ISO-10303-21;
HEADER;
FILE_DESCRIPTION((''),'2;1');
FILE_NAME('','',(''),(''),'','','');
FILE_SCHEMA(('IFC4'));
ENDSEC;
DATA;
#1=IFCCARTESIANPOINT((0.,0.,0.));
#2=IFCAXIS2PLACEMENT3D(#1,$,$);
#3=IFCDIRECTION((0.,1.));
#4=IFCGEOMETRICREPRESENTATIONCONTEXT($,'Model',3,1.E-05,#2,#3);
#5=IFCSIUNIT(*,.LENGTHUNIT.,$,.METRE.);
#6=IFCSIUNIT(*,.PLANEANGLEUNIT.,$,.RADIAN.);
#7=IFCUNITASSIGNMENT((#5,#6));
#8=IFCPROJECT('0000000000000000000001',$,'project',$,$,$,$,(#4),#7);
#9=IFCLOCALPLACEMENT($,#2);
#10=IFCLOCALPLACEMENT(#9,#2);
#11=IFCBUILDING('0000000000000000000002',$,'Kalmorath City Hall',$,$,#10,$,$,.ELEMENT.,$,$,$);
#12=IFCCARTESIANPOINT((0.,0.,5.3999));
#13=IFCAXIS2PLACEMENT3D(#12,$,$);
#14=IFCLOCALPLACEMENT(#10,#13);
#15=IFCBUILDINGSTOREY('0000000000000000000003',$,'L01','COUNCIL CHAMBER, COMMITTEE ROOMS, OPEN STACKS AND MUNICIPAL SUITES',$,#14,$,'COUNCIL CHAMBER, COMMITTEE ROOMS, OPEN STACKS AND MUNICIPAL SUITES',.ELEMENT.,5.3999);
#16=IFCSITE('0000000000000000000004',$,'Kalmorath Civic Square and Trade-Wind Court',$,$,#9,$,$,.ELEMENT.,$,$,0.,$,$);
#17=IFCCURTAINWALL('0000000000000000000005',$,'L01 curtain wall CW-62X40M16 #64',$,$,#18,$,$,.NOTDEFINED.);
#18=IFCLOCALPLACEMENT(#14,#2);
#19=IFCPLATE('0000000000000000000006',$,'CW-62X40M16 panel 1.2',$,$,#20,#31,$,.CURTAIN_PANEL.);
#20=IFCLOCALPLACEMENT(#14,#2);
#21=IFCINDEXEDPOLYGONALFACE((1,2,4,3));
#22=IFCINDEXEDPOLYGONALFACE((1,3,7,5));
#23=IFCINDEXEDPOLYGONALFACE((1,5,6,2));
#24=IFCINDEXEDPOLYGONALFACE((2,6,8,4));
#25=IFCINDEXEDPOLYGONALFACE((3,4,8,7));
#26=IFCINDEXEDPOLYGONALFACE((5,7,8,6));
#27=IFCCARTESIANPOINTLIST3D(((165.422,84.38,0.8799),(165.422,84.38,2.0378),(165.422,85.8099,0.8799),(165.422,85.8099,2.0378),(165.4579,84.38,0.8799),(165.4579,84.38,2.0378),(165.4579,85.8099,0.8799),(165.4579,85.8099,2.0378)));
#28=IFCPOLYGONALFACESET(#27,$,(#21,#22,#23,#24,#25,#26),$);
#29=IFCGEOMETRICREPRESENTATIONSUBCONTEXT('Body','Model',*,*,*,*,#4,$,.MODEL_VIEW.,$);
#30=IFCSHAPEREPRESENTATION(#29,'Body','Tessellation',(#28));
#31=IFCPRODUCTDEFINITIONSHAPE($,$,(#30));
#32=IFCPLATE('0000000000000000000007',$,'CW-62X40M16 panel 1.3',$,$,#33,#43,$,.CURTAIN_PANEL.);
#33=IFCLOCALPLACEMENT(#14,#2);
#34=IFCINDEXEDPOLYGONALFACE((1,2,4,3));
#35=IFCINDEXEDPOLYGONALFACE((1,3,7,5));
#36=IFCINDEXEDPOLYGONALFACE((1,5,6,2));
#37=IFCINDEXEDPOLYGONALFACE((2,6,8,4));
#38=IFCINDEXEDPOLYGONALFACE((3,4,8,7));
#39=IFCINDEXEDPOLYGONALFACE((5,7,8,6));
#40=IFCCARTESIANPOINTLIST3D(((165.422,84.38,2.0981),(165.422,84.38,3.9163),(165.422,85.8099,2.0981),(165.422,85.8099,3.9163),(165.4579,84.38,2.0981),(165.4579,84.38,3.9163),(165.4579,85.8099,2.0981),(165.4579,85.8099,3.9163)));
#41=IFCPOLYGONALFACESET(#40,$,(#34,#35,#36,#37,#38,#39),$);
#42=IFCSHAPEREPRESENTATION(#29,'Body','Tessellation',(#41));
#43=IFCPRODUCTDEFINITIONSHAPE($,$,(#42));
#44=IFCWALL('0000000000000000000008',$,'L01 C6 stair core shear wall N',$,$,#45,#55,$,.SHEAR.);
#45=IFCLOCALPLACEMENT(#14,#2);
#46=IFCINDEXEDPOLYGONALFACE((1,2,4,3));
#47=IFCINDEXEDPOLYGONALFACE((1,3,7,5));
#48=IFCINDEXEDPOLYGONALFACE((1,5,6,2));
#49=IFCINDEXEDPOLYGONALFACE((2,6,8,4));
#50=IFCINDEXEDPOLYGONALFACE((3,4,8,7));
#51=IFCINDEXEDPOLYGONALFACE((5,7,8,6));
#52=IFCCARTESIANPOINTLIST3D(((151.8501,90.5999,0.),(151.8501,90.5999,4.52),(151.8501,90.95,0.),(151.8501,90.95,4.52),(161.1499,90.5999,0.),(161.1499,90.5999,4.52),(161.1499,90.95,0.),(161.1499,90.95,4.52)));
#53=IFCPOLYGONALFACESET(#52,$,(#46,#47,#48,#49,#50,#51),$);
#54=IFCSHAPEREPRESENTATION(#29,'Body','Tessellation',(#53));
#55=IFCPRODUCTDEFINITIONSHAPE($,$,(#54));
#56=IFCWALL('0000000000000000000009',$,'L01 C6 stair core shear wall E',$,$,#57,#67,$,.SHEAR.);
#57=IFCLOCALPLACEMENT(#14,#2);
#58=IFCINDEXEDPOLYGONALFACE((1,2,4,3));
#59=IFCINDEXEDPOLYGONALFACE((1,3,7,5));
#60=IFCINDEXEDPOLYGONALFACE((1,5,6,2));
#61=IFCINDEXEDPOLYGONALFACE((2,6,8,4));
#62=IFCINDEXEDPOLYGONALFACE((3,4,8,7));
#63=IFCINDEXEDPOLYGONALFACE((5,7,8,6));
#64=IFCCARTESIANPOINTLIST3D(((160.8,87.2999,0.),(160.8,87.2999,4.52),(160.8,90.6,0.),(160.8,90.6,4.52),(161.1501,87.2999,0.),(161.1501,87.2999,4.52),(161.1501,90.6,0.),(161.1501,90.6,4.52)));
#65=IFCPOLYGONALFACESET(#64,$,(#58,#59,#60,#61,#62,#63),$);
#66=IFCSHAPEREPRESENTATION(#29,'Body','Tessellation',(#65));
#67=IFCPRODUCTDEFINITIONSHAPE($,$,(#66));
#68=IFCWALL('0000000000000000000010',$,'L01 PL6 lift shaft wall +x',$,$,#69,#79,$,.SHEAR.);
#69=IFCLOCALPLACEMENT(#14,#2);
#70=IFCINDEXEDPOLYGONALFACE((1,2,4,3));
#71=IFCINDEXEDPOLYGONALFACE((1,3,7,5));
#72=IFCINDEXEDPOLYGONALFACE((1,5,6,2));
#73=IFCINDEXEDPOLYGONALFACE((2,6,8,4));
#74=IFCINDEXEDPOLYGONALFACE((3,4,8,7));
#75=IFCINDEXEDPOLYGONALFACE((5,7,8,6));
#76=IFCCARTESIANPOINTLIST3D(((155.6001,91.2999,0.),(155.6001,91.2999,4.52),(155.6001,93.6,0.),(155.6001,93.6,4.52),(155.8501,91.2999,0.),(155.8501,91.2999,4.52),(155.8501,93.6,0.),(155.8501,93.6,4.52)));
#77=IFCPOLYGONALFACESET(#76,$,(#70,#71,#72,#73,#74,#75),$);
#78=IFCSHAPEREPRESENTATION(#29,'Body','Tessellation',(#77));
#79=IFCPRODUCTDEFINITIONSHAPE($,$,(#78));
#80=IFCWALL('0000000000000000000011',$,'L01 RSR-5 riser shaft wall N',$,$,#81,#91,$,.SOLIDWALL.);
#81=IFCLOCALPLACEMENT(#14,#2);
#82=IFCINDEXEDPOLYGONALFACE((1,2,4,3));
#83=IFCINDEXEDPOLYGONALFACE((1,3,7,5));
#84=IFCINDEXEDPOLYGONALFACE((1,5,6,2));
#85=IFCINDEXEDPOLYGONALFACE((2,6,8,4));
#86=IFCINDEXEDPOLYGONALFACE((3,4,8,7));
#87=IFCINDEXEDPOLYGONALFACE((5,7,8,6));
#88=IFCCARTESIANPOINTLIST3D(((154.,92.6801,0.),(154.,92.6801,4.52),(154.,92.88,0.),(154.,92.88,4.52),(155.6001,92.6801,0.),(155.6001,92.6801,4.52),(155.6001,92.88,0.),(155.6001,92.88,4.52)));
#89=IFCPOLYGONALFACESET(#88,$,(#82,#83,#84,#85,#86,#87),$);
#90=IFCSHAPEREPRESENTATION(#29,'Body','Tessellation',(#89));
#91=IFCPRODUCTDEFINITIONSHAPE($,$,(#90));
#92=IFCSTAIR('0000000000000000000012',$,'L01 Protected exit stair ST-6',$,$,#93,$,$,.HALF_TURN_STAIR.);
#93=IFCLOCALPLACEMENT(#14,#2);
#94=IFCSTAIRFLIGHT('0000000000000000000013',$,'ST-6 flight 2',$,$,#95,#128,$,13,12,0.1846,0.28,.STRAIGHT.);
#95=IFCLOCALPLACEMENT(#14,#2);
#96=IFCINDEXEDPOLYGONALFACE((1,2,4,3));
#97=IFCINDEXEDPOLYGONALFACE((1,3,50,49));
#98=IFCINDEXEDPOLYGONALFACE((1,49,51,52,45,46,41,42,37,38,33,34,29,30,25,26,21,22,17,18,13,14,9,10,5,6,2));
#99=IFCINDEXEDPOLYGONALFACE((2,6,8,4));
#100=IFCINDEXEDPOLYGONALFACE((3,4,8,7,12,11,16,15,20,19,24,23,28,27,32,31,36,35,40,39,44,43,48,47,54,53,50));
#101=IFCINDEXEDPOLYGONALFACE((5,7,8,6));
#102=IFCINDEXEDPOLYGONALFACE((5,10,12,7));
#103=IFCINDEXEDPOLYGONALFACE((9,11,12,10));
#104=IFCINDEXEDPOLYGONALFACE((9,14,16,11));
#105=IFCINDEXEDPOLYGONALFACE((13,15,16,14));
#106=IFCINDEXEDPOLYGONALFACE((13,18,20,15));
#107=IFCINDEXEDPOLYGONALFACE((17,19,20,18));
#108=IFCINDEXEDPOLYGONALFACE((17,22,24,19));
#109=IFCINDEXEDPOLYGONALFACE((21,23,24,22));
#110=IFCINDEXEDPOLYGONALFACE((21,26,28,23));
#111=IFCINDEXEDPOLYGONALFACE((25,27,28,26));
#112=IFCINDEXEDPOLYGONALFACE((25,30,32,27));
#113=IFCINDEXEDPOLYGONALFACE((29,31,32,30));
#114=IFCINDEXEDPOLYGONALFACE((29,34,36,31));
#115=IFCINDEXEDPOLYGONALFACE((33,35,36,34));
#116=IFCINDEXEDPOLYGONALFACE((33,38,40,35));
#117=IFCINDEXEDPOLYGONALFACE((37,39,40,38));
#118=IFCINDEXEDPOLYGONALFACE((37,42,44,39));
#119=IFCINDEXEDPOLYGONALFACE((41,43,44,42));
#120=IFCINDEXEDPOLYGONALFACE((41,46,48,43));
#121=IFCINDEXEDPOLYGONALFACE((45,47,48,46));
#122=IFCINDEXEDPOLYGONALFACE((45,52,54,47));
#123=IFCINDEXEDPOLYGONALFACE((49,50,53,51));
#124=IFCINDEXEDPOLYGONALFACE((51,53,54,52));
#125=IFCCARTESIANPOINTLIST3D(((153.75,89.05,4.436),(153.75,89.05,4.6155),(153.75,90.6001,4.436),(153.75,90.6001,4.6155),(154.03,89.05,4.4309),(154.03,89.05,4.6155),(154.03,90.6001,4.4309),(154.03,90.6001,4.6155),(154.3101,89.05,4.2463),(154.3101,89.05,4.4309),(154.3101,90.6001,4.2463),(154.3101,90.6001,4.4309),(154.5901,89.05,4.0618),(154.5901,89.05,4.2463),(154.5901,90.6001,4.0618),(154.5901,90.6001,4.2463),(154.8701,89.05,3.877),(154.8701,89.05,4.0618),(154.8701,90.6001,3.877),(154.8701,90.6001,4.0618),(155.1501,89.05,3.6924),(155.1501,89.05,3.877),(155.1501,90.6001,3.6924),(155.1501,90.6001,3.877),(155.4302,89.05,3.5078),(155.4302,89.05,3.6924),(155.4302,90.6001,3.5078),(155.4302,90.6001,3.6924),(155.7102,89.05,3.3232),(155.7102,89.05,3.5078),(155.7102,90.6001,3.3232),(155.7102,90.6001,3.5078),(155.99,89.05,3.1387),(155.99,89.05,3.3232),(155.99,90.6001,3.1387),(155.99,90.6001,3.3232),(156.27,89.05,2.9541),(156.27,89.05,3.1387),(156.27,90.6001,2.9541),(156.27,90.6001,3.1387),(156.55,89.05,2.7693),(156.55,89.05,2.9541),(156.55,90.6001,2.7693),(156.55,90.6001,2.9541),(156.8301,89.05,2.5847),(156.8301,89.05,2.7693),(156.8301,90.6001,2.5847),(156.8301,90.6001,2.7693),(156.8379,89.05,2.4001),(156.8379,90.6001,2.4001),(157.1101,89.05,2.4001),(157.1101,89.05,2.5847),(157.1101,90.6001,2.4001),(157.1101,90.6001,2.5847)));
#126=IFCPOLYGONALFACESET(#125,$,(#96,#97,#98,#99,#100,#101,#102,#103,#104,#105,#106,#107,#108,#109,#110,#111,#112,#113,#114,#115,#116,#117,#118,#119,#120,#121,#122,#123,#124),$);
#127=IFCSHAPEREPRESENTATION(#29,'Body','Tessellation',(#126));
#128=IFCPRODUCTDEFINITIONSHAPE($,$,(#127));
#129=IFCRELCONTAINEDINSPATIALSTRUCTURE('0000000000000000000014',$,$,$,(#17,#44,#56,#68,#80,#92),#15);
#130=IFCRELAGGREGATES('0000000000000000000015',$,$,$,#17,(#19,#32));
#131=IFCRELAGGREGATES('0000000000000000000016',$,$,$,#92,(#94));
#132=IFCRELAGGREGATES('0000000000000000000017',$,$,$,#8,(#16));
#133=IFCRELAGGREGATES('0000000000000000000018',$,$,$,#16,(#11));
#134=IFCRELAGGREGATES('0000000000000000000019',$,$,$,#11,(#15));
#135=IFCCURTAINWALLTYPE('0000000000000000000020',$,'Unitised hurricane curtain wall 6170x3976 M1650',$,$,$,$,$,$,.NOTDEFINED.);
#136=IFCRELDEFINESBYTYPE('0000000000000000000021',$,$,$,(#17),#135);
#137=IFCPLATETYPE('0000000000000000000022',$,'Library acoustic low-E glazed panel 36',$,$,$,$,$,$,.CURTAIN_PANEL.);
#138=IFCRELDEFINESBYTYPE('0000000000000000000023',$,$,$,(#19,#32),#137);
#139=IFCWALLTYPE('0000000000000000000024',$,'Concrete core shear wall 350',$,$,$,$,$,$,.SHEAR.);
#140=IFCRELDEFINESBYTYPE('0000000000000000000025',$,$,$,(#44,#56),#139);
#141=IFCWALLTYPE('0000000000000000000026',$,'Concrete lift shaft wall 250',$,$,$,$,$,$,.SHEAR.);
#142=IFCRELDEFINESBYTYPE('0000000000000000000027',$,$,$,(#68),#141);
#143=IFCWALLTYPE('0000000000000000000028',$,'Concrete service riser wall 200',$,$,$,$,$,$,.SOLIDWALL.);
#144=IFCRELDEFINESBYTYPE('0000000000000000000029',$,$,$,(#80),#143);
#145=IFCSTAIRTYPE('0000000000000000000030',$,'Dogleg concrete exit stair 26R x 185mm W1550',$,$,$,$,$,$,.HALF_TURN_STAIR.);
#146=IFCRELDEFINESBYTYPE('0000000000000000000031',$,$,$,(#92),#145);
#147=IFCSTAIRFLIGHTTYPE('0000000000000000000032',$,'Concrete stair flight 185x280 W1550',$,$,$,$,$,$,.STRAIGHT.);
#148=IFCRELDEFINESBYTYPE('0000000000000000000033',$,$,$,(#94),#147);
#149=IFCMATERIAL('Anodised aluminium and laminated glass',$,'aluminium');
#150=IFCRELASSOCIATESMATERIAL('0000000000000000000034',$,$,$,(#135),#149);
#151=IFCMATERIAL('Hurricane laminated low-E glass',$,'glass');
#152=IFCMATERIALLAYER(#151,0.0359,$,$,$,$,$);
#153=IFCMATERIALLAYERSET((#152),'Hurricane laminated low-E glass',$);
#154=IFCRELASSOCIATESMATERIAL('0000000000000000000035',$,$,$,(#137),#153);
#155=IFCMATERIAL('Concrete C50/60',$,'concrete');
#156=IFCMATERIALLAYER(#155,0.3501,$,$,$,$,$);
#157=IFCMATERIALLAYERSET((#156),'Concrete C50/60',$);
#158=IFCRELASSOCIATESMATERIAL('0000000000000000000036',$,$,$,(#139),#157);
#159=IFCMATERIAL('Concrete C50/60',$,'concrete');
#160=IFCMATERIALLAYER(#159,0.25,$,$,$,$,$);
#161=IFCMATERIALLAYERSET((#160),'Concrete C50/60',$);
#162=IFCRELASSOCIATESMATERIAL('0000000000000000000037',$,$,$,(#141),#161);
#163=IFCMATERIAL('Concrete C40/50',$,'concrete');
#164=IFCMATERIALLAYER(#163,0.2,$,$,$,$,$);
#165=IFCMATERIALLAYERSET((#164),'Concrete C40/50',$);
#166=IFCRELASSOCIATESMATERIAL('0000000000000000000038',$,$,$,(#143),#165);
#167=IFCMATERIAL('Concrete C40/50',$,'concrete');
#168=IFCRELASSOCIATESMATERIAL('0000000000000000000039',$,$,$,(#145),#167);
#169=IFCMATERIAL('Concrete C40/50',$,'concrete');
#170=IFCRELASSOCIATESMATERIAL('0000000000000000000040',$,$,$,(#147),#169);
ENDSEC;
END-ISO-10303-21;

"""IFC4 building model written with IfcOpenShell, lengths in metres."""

from ifc_helpers import new_model, si_unit, direction, frame, frame_2d, origin, origin_2d, place, context, subcontext, project, spatial, polyline, rectangle, outline, extrude, material, layer, layer_set, type_object, element, aggregate, save


model = new_model("IFC4")

# Units and contexts
model_context = context("Model", 3, precision=1e-05, world=origin(), true_north=direction((0.0, 1.0)))
body_context = subcontext(model_context, "Body", "Model", "MODEL_VIEW")
ifc_project = project(units=[si_unit("LENGTHUNIT", "METRE"), si_unit("PLANEANGLEUNIT", "RADIAN")], contexts=[model_context])

# Site, building, storey
site_placement = place(None, origin())
site = spatial("IfcSite", under=ifc_project, at=site_placement, Name="Kalmorath Civic Square and Trade-Wind Court", CompositionType="ELEMENT", RefElevation=0.0)
building_placement = place(site_placement, origin())
building = spatial("IfcBuilding", under=site, at=building_placement, Name="Kalmorath City Hall", CompositionType="ELEMENT")
storey_placement = place(building_placement, frame((0.0, 0.0, 5.3999)))
storey = spatial("IfcBuildingStorey", under=building, at=storey_placement, Name="L01", Description="COUNCIL CHAMBER, COMMITTEE ROOMS, OPEN STACKS AND MUNICIPAL SUITES", LongName="COUNCIL CHAMBER, COMMITTEE ROOMS, OPEN STACKS AND MUNICIPAL SUITES", CompositionType="ELEMENT", Elevation=5.3999)

# Curtain wall
ifc_material_1 = material(Name="Anodised aluminium and laminated glass", Category="aluminium")
curtain_wall_type = type_object("IfcCurtainWallType", Name="Unitised hurricane curtain wall 6170x3976 M1650", PredefinedType="NOTDEFINED", material=ifc_material_1)
curtain_wall_placement = place(storey_placement, origin())
curtain_wall = element("IfcCurtainWall", 1, at=curtain_wall_placement, inside=storey, type_object=curtain_wall_type, Name="L01 curtain wall CW-62X40M16 #64", PredefinedType="NOTDEFINED")

# Plates
ifc_material_2 = material(Name="Hurricane laminated low-E glass", Category="glass")
ifc_layer_1 = layer(ifc_material_2, 0.0359)
ifc_layer_set_1 = layer_set([ifc_layer_1], Name="Hurricane laminated low-E glass")
plate_type = type_object("IfcPlateType", Name="Library acoustic low-E glazed panel 36", PredefinedType="CURTAIN_PANEL", material=ifc_layer_set_1)
plate_1_placement = place(storey_placement, frame((165.4399, 85.095, 0.8799), z_axis=(0.0, 0.0, 1.0), x_axis=(0.0, -1.0, 0.0)))
plate_1 = element("IfcPlate", 2, at=plate_1_placement, type_object=plate_type, Name="CW-62X40M16 panel 1.2", PredefinedType="CURTAIN_PANEL", context=body_context, shape_type="SweptSolid", body=[
    extrude(rectangle(XDim=1.4299, YDim=0.0359, at=origin_2d()), origin(), (0.0, 0.0, 1.0), 1.158),
])
plate_2_placement = place(storey_placement, frame((165.4399, 85.095, 2.0981), z_axis=(0.0, 0.0, 1.0), x_axis=(0.0, -1.0, 0.0)))
plate_2 = element("IfcPlate", 3, at=plate_2_placement, type_object=plate_type, Name="CW-62X40M16 panel 1.3", PredefinedType="CURTAIN_PANEL", context=body_context, shape_type="SweptSolid", body=[
    extrude(rectangle(XDim=1.4299, YDim=0.0359, at=origin_2d()), origin(), (0.0, 0.0, 1.0), 1.8181),
])
aggregate(curtain_wall, [plate_1, plate_2])

# Walls
ifc_material_3 = material(Name="Concrete C50/60", Category="concrete")
ifc_layer_2 = layer(ifc_material_3, 0.3501)
ifc_layer_set_2 = layer_set([ifc_layer_2], Name="Concrete C50/60")
wall_type_1 = type_object("IfcWallType", Name="Concrete core shear wall 350", PredefinedType="SHEAR", material=ifc_layer_set_2)
wall_1_placement = place(storey_placement, frame((161.1499, 90.7749, 0.0), z_axis=(0.0, 0.0, 1.0), x_axis=(-1.0, 0.0, 0.0)))
element("IfcWall", 4, at=wall_1_placement, inside=storey, type_object=wall_type_1, Name="L01 C6 stair core shear wall N", PredefinedType="SHEAR", context=body_context, shape_type="SweptSolid", body=[
    extrude(rectangle(XDim=9.2998, YDim=0.3501, at=frame_2d((4.6499, 0.0))), origin(), (0.0, 0.0, 1.0), 4.52),
])
wall_2_placement = place(storey_placement, frame((160.9751, 87.3, 0.0), z_axis=(0.0, 0.0, 1.0), x_axis=(0.0, 1.0, 0.0)))
element("IfcWall", 5, at=wall_2_placement, inside=storey, type_object=wall_type_1, Name="L01 C6 stair core shear wall E", PredefinedType="SHEAR", context=body_context, shape_type="SweptSolid", body=[
    extrude(rectangle(XDim=3.3, YDim=0.3501, at=frame_2d((1.6499, 0.0))), origin(), (0.0, 0.0, 1.0), 4.52),
])
ifc_material_4 = material(Name="Concrete C50/60", Category="concrete")
ifc_layer_3 = layer(ifc_material_4, 0.25)
ifc_layer_set_3 = layer_set([ifc_layer_3], Name="Concrete C50/60")
wall_type_2 = type_object("IfcWallType", Name="Concrete lift shaft wall 250", PredefinedType="SHEAR", material=ifc_layer_set_3)
wall_3_placement = place(storey_placement, frame((155.7251, 91.3, 0.0), z_axis=(0.0, 0.0, 1.0), x_axis=(0.0, 1.0, 0.0)))
element("IfcWall", 6, at=wall_3_placement, inside=storey, type_object=wall_type_2, Name="L01 PL6 lift shaft wall +x", PredefinedType="SHEAR", context=body_context, shape_type="SweptSolid", body=[
    extrude(rectangle(XDim=2.3, YDim=0.25, at=frame_2d((1.1499, 0.0))), origin(), (0.0, 0.0, 1.0), 4.52),
])
ifc_material_5 = material(Name="Concrete C40/50", Category="concrete")
ifc_layer_4 = layer(ifc_material_5, 0.2)
ifc_layer_set_4 = layer_set([ifc_layer_4], Name="Concrete C40/50")
wall_type_3 = type_object("IfcWallType", Name="Concrete service riser wall 200", PredefinedType="SOLIDWALL", material=ifc_layer_set_4)
wall_4_placement = place(storey_placement, frame((155.6001, 92.78, 0.0), z_axis=(0.0, 0.0, 1.0), x_axis=(-1.0, 0.0, 0.0)))
element("IfcWall", 7, at=wall_4_placement, inside=storey, type_object=wall_type_3, Name="L01 RSR-5 riser shaft wall N", PredefinedType="SOLIDWALL", context=body_context, shape_type="SweptSolid", body=[
    extrude(rectangle(XDim=1.6001, YDim=0.2, at=frame_2d((0.8, 0.0))), origin(), (0.0, 0.0, 1.0), 4.52),
])

# Stair, stair flight
ifc_material_6 = material(Name="Concrete C40/50", Category="concrete")
stair_type = type_object("IfcStairType", Name="Dogleg concrete exit stair 26R x 185mm W1550", PredefinedType="HALF_TURN_STAIR", material=ifc_material_6)
stair_placement = place(storey_placement, origin())
stair = element("IfcStair", 8, at=stair_placement, inside=storey, type_object=stair_type, Name="L01 Protected exit stair ST-6", PredefinedType="HALF_TURN_STAIR")
ifc_material_7 = material(Name="Concrete C40/50", Category="concrete")
stair_flight_type = type_object("IfcStairFlightType", Name="Concrete stair flight 185x280 W1550", PredefinedType="STRAIGHT", material=ifc_material_7)
stair_flight_placement = place(storey_placement, frame((157.1101, 89.825, 2.4001), z_axis=(0.0, 0.0, 1.0), x_axis=(-1.0, 0.0, 0.0)))
stair_flight = element("IfcStairFlight", 9, at=stair_flight_placement, type_object=stair_flight_type, Name="ST-6 flight 2", NumberOfRisers=13, NumberOfTreads=12, PredefinedType="STRAIGHT", RiserHeight=0.1846, TreadLength=0.28, context=body_context, shape_type="SweptSolid", body=[
    extrude(outline(polyline([(0.0, 0.0), (0.0, 0.1846), (0.28, 0.1846), (0.28, 0.3691), (0.5601, 0.3691), (0.5601, 0.554), (0.8401, 0.554), (0.8401, 0.7385), (1.1201, 0.7385), (1.1201, 0.9231), (1.3999, 0.9231), (1.3999, 1.1077), (1.6799, 1.1077), (1.6799, 1.2922), (1.96, 1.2922), (1.96, 1.4768), (2.24, 1.4768), (2.24, 1.6616), (2.52, 1.6616), (2.52, 1.8462), (2.8, 1.8462), (2.8, 2.0308), (3.0801, 2.0308), (3.0801, 2.2153), (3.3601, 2.2153), (3.3601, 2.3999), (3.3601, 2.0359), (0.2722, 0.0), (0.0, 0.0)])), frame((0.0, 0.7749, 0.0), z_axis=(0.0, -1.0, 0.0), x_axis=(1.0, 0.0, 0.0)), (0.0, 0.0, 1.0), 1.55),
])
aggregate(stair, [stair_flight])

save(model, "model.ifc")
